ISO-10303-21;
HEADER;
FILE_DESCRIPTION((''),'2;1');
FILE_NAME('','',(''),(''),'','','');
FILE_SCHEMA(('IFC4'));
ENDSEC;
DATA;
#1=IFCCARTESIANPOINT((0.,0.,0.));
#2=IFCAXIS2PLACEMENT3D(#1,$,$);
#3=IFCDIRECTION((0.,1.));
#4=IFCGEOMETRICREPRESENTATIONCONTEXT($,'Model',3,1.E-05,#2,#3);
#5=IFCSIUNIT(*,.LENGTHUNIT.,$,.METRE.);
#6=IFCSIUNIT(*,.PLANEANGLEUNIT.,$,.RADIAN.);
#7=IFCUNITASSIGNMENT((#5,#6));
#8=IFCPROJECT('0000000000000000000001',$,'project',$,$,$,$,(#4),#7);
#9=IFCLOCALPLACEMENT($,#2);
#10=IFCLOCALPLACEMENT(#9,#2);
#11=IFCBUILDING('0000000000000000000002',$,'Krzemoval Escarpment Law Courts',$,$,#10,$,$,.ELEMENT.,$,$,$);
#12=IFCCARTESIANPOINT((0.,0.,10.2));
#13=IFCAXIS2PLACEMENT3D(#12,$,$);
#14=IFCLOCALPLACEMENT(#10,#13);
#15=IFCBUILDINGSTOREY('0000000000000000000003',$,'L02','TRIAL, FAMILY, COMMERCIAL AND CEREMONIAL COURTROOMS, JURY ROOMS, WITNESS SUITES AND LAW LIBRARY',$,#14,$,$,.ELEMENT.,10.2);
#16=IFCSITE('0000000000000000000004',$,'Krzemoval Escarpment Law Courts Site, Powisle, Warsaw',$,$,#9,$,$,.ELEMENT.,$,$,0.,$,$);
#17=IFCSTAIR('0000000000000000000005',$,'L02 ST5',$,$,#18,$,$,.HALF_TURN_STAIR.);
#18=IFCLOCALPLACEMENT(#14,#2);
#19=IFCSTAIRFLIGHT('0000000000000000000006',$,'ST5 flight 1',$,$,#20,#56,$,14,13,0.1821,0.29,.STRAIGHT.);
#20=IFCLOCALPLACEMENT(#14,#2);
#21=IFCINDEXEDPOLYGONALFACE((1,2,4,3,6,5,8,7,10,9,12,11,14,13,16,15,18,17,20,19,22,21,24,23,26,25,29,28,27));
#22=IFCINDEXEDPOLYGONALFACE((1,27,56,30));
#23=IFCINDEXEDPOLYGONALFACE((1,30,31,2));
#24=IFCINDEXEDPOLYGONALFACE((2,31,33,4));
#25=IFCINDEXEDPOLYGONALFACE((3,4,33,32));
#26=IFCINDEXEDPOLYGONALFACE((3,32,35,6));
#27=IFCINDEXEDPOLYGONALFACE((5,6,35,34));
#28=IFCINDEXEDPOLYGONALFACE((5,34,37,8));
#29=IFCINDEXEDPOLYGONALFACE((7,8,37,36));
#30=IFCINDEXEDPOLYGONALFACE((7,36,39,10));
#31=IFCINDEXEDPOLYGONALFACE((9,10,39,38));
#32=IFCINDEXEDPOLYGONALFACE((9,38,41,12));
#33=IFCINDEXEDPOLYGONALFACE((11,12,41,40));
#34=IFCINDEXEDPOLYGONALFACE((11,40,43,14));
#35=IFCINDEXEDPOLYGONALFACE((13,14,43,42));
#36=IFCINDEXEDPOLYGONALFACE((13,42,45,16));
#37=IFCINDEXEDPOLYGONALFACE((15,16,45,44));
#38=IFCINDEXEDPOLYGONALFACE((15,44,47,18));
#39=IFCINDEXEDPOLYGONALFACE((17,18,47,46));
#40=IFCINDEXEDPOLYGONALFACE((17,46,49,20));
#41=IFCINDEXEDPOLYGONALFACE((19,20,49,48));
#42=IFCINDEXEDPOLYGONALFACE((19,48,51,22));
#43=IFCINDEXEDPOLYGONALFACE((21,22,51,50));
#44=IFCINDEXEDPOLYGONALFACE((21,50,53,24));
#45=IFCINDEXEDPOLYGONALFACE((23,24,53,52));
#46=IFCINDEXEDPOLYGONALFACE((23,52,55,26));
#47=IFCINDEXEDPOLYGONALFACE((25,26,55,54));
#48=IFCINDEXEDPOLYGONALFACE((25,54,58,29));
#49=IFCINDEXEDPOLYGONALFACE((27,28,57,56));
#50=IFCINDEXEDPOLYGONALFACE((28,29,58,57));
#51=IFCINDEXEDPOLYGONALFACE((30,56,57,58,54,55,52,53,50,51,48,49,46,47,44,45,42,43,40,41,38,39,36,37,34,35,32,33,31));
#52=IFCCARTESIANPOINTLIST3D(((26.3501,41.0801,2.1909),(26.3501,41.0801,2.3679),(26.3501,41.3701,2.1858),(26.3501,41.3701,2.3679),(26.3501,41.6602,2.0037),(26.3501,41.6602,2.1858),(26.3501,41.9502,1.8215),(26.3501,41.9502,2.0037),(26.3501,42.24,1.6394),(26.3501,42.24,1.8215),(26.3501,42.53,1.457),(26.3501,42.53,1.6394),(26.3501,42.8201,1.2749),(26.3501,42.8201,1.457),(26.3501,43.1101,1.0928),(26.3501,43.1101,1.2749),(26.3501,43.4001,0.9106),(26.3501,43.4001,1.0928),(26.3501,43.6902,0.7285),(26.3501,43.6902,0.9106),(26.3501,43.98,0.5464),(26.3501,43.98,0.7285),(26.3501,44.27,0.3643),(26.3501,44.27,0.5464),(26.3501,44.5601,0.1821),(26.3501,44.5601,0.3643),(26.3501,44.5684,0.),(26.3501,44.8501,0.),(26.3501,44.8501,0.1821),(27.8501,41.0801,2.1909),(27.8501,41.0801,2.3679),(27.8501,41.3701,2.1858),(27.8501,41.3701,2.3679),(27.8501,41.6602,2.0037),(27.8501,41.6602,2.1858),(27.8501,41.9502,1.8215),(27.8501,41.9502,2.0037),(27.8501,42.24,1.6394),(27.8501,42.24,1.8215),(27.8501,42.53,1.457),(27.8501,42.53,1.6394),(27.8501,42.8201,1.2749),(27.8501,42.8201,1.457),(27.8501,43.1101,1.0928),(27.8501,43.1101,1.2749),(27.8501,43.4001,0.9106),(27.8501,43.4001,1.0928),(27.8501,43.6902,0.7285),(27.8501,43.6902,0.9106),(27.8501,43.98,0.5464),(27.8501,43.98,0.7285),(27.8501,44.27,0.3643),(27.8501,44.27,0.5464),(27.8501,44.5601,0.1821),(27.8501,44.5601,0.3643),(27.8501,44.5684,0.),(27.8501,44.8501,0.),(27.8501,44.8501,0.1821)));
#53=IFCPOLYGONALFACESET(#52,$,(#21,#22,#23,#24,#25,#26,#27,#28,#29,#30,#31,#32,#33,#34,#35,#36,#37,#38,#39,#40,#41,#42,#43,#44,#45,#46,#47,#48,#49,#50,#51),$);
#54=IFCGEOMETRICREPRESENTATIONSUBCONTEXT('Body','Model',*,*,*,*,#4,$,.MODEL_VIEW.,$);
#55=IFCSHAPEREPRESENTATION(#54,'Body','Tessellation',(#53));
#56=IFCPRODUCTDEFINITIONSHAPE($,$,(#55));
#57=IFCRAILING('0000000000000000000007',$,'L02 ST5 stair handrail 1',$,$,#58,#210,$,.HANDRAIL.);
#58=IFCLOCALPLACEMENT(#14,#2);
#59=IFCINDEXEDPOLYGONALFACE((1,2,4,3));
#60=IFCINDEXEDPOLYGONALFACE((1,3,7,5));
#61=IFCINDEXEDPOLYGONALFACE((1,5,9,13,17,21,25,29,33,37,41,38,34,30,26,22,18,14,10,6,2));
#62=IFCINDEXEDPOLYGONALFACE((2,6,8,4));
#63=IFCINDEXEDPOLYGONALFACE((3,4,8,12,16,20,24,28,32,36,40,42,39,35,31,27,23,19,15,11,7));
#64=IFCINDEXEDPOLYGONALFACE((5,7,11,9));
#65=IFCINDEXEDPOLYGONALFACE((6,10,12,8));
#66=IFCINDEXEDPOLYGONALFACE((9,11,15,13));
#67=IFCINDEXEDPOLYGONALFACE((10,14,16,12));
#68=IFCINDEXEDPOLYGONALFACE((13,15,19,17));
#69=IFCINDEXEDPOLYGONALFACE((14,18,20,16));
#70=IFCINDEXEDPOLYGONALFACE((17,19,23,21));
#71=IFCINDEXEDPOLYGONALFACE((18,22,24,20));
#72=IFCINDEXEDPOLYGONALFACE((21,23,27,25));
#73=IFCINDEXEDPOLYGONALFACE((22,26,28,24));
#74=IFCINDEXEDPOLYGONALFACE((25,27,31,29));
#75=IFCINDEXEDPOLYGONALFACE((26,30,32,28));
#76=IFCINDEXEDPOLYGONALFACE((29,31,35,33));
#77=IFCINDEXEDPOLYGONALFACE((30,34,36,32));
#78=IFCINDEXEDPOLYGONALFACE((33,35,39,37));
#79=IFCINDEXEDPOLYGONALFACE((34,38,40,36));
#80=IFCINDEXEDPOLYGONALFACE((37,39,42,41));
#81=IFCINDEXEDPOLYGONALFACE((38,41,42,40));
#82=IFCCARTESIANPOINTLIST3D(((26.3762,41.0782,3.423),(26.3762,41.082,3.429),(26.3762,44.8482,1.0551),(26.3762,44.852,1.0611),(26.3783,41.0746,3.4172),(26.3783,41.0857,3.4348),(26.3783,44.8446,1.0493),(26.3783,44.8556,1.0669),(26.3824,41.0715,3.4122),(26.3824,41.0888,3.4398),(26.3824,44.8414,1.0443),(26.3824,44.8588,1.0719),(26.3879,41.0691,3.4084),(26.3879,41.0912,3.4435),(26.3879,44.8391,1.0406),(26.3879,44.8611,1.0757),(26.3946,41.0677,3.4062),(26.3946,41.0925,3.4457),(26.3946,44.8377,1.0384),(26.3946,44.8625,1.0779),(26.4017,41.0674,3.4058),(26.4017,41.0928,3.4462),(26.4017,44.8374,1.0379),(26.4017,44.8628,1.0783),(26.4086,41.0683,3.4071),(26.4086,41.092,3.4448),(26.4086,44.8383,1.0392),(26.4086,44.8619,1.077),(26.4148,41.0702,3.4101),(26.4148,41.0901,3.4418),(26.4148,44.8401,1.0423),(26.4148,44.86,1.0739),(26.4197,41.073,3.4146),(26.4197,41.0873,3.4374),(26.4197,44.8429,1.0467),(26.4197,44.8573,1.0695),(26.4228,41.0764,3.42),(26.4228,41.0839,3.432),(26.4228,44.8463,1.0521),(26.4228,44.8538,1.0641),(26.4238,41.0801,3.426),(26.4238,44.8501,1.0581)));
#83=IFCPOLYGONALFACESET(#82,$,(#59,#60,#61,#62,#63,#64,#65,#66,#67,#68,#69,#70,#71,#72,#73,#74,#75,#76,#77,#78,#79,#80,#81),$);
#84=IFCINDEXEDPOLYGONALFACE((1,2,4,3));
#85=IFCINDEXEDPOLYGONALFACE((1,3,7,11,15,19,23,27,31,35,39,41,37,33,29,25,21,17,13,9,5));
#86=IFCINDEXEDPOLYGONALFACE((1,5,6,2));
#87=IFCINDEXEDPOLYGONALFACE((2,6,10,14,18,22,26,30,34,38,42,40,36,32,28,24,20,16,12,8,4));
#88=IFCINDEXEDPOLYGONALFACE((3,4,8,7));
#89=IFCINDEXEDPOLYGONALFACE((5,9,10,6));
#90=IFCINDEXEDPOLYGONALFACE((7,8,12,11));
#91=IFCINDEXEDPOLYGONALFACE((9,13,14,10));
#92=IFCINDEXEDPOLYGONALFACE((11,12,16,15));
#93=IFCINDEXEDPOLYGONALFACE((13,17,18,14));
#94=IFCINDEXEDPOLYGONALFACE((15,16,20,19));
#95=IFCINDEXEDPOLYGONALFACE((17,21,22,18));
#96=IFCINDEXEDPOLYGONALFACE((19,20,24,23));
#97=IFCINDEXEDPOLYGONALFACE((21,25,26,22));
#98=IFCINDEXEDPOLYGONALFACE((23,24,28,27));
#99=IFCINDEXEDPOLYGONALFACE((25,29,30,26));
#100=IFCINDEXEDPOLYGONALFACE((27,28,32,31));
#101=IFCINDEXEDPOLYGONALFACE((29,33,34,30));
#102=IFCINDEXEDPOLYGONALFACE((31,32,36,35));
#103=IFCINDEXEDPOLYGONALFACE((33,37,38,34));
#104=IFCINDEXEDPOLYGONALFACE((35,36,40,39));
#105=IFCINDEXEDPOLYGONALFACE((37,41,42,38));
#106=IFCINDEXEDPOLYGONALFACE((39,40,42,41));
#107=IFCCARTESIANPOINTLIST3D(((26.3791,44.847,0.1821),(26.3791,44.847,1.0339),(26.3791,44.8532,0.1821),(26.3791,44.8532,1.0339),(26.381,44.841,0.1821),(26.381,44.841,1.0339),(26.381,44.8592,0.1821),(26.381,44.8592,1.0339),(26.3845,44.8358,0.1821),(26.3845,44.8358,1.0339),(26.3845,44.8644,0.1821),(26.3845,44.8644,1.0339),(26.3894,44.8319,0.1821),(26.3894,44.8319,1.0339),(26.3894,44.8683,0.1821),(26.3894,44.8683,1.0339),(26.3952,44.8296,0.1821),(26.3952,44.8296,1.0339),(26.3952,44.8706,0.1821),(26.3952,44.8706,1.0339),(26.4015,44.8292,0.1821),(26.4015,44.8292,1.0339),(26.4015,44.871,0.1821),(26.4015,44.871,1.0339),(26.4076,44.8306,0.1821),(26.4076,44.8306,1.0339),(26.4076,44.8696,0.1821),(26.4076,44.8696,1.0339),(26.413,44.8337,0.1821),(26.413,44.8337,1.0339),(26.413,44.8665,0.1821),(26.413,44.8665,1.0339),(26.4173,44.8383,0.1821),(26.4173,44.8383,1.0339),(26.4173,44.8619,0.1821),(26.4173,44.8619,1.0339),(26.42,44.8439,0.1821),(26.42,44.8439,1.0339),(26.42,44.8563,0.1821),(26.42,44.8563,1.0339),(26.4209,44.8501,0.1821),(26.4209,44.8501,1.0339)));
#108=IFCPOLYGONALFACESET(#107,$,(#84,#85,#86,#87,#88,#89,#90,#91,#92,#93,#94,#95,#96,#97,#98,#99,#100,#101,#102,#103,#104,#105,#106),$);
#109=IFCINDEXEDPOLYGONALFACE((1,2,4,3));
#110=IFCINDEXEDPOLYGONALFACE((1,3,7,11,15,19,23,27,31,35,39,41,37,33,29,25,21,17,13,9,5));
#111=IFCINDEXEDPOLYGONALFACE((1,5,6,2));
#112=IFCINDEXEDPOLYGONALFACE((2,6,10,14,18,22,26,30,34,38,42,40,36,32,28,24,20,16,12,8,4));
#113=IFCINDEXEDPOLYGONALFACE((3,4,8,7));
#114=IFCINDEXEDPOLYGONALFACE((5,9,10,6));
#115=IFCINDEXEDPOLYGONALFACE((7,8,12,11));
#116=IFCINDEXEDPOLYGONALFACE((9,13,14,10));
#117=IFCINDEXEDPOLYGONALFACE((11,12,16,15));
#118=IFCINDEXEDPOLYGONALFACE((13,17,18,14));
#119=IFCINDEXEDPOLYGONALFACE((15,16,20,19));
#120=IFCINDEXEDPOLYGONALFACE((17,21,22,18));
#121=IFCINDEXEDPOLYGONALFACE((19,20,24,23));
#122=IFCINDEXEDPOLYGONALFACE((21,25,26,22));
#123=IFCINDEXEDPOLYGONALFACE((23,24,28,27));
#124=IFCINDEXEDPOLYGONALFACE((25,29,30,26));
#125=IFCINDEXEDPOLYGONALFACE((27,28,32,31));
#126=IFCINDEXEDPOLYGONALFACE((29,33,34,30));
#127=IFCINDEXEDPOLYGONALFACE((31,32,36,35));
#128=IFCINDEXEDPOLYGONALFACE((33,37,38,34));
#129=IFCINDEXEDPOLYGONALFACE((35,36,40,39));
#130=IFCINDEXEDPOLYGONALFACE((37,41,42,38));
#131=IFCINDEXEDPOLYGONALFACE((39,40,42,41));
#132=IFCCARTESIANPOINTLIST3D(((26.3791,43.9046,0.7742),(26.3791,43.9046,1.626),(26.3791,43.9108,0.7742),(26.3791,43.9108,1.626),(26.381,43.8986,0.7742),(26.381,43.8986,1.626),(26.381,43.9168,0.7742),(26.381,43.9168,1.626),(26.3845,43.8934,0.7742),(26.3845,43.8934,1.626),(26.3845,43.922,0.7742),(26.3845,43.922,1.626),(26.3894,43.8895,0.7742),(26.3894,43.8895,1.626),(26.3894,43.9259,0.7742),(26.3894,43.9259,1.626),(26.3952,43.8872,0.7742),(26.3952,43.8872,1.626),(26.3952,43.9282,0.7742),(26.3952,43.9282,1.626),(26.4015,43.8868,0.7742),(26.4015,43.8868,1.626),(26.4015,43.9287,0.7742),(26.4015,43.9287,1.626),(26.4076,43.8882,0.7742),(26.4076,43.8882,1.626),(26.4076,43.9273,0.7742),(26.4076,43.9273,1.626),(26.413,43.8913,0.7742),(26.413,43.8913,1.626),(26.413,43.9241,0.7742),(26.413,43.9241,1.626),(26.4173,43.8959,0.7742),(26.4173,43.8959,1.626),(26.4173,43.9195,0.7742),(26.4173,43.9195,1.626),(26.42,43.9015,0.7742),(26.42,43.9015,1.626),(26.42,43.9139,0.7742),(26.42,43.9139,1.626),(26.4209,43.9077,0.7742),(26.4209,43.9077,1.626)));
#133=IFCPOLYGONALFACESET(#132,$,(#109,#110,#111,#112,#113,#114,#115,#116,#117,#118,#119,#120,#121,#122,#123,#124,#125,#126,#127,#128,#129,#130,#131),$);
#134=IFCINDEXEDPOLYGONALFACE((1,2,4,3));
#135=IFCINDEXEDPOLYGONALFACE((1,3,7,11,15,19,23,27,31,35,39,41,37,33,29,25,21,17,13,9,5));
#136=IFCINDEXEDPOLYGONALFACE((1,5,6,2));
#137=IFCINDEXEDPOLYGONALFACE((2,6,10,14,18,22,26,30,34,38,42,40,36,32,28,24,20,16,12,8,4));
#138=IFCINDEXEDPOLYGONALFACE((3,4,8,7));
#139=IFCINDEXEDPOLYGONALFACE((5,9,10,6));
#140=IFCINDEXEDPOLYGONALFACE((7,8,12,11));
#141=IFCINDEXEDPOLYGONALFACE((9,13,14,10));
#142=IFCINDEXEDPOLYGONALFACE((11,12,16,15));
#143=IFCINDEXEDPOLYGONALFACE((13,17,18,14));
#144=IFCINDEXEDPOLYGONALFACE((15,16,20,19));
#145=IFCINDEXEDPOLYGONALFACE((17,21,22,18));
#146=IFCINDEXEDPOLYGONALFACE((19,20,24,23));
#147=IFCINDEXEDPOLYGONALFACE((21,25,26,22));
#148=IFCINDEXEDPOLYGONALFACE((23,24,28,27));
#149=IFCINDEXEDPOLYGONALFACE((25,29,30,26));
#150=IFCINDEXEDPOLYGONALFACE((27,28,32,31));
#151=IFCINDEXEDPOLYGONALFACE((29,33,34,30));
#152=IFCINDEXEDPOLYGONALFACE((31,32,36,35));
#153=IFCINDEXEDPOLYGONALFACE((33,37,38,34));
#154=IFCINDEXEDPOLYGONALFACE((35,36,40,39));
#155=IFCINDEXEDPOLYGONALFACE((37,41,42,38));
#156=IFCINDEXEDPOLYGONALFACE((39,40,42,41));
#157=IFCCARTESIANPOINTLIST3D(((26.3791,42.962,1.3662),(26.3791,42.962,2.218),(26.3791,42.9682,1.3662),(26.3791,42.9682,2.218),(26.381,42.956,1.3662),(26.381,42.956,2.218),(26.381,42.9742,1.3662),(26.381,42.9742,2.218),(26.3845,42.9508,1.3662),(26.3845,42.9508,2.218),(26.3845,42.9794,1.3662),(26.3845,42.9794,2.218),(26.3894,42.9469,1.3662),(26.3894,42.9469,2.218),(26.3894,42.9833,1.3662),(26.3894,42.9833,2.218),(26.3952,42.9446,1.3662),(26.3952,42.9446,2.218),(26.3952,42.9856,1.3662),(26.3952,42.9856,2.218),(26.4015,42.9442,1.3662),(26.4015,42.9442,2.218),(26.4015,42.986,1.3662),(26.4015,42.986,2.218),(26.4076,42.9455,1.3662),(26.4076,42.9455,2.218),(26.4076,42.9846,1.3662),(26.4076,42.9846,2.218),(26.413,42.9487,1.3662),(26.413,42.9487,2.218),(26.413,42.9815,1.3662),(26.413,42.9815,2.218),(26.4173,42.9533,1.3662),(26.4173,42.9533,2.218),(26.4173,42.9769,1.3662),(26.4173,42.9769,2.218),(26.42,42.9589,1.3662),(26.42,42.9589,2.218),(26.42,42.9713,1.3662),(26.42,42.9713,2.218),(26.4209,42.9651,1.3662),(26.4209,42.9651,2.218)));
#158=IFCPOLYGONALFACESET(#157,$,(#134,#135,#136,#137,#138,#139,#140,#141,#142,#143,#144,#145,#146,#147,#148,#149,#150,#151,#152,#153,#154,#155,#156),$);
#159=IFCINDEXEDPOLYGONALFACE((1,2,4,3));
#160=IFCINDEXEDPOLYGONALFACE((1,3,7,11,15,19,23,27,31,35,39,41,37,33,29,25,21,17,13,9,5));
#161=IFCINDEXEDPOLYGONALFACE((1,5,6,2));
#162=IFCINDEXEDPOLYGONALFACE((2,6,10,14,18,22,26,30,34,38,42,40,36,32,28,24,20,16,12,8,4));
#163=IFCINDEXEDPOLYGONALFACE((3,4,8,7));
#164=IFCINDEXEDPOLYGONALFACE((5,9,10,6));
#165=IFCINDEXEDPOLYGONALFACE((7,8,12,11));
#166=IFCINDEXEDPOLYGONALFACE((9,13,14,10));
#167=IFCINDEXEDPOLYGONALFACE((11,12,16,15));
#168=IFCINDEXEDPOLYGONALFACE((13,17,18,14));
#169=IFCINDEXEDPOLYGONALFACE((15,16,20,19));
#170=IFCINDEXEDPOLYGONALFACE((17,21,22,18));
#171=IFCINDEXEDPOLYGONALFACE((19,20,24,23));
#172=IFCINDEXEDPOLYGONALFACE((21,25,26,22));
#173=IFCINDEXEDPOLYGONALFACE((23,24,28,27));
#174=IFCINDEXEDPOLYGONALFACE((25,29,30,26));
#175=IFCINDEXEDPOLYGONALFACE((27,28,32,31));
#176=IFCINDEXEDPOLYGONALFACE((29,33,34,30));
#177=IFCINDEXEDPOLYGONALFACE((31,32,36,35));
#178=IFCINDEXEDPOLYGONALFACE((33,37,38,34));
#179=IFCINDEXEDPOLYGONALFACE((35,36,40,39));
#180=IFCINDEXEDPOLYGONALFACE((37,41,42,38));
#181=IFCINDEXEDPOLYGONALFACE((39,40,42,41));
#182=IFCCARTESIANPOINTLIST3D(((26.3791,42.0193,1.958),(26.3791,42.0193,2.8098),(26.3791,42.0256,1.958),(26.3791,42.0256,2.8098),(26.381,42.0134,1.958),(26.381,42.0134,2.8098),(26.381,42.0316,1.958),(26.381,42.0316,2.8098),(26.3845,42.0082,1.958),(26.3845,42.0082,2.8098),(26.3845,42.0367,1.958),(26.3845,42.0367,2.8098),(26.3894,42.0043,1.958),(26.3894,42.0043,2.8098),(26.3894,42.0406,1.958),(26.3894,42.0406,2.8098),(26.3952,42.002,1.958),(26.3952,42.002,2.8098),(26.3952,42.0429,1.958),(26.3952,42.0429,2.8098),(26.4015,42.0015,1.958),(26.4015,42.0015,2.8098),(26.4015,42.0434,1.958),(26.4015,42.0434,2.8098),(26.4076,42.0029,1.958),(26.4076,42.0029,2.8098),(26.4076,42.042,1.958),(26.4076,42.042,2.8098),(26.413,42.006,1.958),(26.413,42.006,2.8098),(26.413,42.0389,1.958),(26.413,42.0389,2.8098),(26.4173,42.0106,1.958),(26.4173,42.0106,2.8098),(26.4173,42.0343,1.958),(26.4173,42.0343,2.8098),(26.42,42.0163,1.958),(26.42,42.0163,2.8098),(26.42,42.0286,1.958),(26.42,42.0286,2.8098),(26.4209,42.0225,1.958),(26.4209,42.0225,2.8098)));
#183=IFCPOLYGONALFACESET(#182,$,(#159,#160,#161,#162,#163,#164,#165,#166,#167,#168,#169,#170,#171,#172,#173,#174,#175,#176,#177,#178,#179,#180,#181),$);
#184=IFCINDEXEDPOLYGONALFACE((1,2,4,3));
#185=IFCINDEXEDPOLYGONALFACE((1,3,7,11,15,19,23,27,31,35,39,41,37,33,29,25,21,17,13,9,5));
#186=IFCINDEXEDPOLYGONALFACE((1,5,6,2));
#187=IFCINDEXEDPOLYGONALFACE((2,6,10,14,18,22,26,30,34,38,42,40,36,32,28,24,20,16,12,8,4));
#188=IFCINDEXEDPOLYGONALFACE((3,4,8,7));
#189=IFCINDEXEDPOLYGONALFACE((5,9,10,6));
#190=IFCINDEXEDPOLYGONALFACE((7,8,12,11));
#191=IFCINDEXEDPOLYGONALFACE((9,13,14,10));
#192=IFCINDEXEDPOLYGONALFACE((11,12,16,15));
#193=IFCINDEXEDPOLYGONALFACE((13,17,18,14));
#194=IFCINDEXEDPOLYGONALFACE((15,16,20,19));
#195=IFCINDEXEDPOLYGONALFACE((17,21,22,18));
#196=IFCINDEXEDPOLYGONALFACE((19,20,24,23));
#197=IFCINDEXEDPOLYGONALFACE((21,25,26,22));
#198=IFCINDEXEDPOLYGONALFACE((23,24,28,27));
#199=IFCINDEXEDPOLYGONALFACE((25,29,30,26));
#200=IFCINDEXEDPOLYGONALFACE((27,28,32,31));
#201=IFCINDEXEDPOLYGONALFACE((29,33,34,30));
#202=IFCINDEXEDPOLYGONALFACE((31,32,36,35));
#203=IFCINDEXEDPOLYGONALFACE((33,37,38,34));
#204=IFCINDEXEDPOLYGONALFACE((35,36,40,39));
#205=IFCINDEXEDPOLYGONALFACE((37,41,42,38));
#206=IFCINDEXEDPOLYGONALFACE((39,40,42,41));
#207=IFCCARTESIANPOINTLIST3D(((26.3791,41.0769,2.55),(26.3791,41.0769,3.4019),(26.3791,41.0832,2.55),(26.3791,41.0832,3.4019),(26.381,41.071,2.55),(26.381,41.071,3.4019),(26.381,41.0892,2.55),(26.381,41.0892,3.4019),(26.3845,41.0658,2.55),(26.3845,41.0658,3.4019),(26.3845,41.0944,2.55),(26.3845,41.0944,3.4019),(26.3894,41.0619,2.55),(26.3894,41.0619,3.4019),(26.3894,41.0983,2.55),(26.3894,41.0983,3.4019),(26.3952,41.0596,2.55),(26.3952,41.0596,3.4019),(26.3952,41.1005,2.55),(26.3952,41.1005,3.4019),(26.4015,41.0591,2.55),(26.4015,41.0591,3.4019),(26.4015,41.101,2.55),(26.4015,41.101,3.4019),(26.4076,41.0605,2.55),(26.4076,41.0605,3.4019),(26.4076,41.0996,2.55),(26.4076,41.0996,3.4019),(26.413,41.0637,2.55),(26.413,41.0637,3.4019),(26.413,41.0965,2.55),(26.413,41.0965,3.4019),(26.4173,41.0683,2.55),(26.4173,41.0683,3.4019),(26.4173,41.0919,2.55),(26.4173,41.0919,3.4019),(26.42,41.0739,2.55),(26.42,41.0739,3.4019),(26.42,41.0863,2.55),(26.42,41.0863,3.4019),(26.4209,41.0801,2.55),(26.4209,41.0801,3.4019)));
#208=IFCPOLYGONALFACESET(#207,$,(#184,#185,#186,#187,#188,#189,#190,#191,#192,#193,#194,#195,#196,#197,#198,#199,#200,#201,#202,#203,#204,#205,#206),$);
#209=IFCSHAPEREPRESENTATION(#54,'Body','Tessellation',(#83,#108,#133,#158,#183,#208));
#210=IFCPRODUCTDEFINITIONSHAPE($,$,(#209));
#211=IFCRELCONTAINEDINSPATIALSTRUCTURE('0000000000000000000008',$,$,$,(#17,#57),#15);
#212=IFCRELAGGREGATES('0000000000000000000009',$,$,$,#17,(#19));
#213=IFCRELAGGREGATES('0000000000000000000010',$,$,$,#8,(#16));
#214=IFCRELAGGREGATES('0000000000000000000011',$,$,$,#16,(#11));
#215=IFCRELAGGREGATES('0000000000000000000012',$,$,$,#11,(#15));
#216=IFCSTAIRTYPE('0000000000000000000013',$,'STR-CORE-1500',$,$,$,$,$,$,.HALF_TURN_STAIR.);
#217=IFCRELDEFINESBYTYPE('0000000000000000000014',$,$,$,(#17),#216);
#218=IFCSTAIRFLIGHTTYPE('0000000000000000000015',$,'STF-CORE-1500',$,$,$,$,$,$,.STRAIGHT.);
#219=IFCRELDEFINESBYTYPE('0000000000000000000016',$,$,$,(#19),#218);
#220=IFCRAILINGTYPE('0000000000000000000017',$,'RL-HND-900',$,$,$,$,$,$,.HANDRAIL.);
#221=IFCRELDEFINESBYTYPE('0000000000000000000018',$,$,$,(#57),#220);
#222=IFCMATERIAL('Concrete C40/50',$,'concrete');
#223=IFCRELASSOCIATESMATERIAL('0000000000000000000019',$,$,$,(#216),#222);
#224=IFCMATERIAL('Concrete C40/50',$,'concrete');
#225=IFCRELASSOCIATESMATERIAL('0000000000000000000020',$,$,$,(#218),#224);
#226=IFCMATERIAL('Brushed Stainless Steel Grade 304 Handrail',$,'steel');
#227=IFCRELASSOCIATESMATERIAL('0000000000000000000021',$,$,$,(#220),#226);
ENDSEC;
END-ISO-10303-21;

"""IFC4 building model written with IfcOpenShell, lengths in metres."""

from ifc_helpers import new_model, si_unit, direction, frame, origin, origin_2d, place, context, subcontext, project, spatial, polyline, circle, outline, extrude, material, type_object, element, aggregate, save


model = new_model("IFC4")

# Units and contexts
model_context = context("Model", 3, precision=1e-05, world=origin(), true_north=direction((0.0, 1.0)))
body_context = subcontext(model_context, "Body", "Model", "MODEL_VIEW")
ifc_project = project(units=[si_unit("LENGTHUNIT", "METRE"), si_unit("PLANEANGLEUNIT", "RADIAN")], contexts=[model_context])

# Site, building, storey
site_placement = place(None, origin())
site = spatial("IfcSite", under=ifc_project, at=site_placement, Name="Krzemoval Escarpment Law Courts Site, Powisle, Warsaw", CompositionType="ELEMENT", RefElevation=0.0)
building_placement = place(site_placement, origin())
building = spatial("IfcBuilding", under=site, at=building_placement, Name="Krzemoval Escarpment Law Courts", CompositionType="ELEMENT")
storey_placement = place(building_placement, frame((0.0, 0.0, 10.2)))
storey = spatial("IfcBuildingStorey", under=building, at=storey_placement, Name="L02", Description="TRIAL, FAMILY, COMMERCIAL AND CEREMONIAL COURTROOMS, JURY ROOMS, WITNESS SUITES AND LAW LIBRARY", CompositionType="ELEMENT", Elevation=10.2)

# Stair, stair flight
ifc_material_1 = material(Name="Concrete C40/50", Category="concrete")
stair_type = type_object("IfcStairType", Name="STR-CORE-1500", PredefinedType="HALF_TURN_STAIR", material=ifc_material_1)
stair_placement = place(storey_placement, origin())
stair = element("IfcStair", 1, at=stair_placement, inside=storey, type_object=stair_type, Name="L02 ST5", PredefinedType="HALF_TURN_STAIR")
ifc_material_2 = material(Name="Concrete C40/50", Category="concrete")
stair_flight_type = type_object("IfcStairFlightType", Name="STF-CORE-1500", PredefinedType="STRAIGHT", material=ifc_material_2)
stair_flight_placement = place(storey_placement, frame((27.1001, 44.8501, 0.0), z_axis=(0.0, 0.0, 1.0), x_axis=(0.0, -1.0, 0.0)))
stair_flight = element("IfcStairFlight", 2, at=stair_flight_placement, type_object=stair_flight_type, Name="ST5 flight 1", NumberOfRisers=14, NumberOfTreads=13, PredefinedType="STRAIGHT", RiserHeight=0.1821, TreadLength=0.29, context=body_context, shape_type="SweptSolid", body=[
    extrude(outline(polyline([(0.0, 0.0), (0.0, 0.1821), (0.29, 0.1821), (0.29, 0.3643), (0.5801, 0.3643), (0.5801, 0.5464), (0.8701, 0.5464), (0.8701, 0.7285), (1.1599, 0.7285), (1.1599, 0.9106), (1.45, 0.9106), (1.45, 1.0928), (1.74, 1.0928), (1.74, 1.2749), (2.03, 1.2749), (2.03, 1.457), (2.3201, 1.457), (2.3201, 1.6394), (2.6101, 1.6394), (2.6101, 1.8215), (2.8999, 1.8215), (2.8999, 2.0037), (3.1899, 2.0037), (3.1899, 2.1858), (3.48, 2.1858), (3.48, 2.3679), (3.77, 2.3679), (3.77, 2.55), (3.77, 2.1909), (0.2817, 0.0), (0.0, 0.0)])), frame((0.0, 0.75, 0.0), z_axis=(0.0, -1.0, 0.0), x_axis=(1.0, 0.0, 0.0)), (0.0, 0.0, 1.0), 1.5),
])
aggregate(stair, [stair_flight])

# Railing
ifc_material_3 = material(Name="Brushed Stainless Steel Grade 304 Handrail", Category="steel")
railing_type = type_object("IfcRailingType", Name="RL-HND-900", PredefinedType="HANDRAIL", material=ifc_material_3)
railing_placement = place(storey_placement, frame((26.3999, 44.8501, 0.1821)))
element("IfcRailing", 3, at=railing_placement, inside=storey, type_object=railing_type, Name="L02 ST5 stair handrail 1", PredefinedType="HANDRAIL", context=body_context, shape_type="SweptSolid", body=[
    extrude(circle(Radius=0.0239, at=origin_2d()), frame((0.0, 0.0, 0.876), z_axis=(0.0, -0.846819, 0.531881), x_axis=(1.0, 0.0, 0.0)), (0.0, 0.0, 1.0), 4.4519),
    extrude(circle(Radius=0.021, at=origin_2d()), origin(), (0.0, 0.0, 1.0), 0.8518),
    extrude(circle(Radius=0.021, at=origin_2d()), frame((0.0, -0.9424, 0.592)), (0.0, 0.0, 1.0), 0.8518),
    extrude(circle(Radius=0.021, at=origin_2d()), frame((0.0, -1.885, 1.1841)), (0.0, 0.0, 1.0), 0.8518),
    extrude(circle(Radius=0.021, at=origin_2d()), frame((0.0, -2.8276, 1.7759)), (0.0, 0.0, 1.0), 0.8518),
    extrude(circle(Radius=0.021, at=origin_2d()), frame((0.0, -3.77, 2.3679)), (0.0, 0.0, 1.0), 0.8518),
])

save(model, "model.ifc")
